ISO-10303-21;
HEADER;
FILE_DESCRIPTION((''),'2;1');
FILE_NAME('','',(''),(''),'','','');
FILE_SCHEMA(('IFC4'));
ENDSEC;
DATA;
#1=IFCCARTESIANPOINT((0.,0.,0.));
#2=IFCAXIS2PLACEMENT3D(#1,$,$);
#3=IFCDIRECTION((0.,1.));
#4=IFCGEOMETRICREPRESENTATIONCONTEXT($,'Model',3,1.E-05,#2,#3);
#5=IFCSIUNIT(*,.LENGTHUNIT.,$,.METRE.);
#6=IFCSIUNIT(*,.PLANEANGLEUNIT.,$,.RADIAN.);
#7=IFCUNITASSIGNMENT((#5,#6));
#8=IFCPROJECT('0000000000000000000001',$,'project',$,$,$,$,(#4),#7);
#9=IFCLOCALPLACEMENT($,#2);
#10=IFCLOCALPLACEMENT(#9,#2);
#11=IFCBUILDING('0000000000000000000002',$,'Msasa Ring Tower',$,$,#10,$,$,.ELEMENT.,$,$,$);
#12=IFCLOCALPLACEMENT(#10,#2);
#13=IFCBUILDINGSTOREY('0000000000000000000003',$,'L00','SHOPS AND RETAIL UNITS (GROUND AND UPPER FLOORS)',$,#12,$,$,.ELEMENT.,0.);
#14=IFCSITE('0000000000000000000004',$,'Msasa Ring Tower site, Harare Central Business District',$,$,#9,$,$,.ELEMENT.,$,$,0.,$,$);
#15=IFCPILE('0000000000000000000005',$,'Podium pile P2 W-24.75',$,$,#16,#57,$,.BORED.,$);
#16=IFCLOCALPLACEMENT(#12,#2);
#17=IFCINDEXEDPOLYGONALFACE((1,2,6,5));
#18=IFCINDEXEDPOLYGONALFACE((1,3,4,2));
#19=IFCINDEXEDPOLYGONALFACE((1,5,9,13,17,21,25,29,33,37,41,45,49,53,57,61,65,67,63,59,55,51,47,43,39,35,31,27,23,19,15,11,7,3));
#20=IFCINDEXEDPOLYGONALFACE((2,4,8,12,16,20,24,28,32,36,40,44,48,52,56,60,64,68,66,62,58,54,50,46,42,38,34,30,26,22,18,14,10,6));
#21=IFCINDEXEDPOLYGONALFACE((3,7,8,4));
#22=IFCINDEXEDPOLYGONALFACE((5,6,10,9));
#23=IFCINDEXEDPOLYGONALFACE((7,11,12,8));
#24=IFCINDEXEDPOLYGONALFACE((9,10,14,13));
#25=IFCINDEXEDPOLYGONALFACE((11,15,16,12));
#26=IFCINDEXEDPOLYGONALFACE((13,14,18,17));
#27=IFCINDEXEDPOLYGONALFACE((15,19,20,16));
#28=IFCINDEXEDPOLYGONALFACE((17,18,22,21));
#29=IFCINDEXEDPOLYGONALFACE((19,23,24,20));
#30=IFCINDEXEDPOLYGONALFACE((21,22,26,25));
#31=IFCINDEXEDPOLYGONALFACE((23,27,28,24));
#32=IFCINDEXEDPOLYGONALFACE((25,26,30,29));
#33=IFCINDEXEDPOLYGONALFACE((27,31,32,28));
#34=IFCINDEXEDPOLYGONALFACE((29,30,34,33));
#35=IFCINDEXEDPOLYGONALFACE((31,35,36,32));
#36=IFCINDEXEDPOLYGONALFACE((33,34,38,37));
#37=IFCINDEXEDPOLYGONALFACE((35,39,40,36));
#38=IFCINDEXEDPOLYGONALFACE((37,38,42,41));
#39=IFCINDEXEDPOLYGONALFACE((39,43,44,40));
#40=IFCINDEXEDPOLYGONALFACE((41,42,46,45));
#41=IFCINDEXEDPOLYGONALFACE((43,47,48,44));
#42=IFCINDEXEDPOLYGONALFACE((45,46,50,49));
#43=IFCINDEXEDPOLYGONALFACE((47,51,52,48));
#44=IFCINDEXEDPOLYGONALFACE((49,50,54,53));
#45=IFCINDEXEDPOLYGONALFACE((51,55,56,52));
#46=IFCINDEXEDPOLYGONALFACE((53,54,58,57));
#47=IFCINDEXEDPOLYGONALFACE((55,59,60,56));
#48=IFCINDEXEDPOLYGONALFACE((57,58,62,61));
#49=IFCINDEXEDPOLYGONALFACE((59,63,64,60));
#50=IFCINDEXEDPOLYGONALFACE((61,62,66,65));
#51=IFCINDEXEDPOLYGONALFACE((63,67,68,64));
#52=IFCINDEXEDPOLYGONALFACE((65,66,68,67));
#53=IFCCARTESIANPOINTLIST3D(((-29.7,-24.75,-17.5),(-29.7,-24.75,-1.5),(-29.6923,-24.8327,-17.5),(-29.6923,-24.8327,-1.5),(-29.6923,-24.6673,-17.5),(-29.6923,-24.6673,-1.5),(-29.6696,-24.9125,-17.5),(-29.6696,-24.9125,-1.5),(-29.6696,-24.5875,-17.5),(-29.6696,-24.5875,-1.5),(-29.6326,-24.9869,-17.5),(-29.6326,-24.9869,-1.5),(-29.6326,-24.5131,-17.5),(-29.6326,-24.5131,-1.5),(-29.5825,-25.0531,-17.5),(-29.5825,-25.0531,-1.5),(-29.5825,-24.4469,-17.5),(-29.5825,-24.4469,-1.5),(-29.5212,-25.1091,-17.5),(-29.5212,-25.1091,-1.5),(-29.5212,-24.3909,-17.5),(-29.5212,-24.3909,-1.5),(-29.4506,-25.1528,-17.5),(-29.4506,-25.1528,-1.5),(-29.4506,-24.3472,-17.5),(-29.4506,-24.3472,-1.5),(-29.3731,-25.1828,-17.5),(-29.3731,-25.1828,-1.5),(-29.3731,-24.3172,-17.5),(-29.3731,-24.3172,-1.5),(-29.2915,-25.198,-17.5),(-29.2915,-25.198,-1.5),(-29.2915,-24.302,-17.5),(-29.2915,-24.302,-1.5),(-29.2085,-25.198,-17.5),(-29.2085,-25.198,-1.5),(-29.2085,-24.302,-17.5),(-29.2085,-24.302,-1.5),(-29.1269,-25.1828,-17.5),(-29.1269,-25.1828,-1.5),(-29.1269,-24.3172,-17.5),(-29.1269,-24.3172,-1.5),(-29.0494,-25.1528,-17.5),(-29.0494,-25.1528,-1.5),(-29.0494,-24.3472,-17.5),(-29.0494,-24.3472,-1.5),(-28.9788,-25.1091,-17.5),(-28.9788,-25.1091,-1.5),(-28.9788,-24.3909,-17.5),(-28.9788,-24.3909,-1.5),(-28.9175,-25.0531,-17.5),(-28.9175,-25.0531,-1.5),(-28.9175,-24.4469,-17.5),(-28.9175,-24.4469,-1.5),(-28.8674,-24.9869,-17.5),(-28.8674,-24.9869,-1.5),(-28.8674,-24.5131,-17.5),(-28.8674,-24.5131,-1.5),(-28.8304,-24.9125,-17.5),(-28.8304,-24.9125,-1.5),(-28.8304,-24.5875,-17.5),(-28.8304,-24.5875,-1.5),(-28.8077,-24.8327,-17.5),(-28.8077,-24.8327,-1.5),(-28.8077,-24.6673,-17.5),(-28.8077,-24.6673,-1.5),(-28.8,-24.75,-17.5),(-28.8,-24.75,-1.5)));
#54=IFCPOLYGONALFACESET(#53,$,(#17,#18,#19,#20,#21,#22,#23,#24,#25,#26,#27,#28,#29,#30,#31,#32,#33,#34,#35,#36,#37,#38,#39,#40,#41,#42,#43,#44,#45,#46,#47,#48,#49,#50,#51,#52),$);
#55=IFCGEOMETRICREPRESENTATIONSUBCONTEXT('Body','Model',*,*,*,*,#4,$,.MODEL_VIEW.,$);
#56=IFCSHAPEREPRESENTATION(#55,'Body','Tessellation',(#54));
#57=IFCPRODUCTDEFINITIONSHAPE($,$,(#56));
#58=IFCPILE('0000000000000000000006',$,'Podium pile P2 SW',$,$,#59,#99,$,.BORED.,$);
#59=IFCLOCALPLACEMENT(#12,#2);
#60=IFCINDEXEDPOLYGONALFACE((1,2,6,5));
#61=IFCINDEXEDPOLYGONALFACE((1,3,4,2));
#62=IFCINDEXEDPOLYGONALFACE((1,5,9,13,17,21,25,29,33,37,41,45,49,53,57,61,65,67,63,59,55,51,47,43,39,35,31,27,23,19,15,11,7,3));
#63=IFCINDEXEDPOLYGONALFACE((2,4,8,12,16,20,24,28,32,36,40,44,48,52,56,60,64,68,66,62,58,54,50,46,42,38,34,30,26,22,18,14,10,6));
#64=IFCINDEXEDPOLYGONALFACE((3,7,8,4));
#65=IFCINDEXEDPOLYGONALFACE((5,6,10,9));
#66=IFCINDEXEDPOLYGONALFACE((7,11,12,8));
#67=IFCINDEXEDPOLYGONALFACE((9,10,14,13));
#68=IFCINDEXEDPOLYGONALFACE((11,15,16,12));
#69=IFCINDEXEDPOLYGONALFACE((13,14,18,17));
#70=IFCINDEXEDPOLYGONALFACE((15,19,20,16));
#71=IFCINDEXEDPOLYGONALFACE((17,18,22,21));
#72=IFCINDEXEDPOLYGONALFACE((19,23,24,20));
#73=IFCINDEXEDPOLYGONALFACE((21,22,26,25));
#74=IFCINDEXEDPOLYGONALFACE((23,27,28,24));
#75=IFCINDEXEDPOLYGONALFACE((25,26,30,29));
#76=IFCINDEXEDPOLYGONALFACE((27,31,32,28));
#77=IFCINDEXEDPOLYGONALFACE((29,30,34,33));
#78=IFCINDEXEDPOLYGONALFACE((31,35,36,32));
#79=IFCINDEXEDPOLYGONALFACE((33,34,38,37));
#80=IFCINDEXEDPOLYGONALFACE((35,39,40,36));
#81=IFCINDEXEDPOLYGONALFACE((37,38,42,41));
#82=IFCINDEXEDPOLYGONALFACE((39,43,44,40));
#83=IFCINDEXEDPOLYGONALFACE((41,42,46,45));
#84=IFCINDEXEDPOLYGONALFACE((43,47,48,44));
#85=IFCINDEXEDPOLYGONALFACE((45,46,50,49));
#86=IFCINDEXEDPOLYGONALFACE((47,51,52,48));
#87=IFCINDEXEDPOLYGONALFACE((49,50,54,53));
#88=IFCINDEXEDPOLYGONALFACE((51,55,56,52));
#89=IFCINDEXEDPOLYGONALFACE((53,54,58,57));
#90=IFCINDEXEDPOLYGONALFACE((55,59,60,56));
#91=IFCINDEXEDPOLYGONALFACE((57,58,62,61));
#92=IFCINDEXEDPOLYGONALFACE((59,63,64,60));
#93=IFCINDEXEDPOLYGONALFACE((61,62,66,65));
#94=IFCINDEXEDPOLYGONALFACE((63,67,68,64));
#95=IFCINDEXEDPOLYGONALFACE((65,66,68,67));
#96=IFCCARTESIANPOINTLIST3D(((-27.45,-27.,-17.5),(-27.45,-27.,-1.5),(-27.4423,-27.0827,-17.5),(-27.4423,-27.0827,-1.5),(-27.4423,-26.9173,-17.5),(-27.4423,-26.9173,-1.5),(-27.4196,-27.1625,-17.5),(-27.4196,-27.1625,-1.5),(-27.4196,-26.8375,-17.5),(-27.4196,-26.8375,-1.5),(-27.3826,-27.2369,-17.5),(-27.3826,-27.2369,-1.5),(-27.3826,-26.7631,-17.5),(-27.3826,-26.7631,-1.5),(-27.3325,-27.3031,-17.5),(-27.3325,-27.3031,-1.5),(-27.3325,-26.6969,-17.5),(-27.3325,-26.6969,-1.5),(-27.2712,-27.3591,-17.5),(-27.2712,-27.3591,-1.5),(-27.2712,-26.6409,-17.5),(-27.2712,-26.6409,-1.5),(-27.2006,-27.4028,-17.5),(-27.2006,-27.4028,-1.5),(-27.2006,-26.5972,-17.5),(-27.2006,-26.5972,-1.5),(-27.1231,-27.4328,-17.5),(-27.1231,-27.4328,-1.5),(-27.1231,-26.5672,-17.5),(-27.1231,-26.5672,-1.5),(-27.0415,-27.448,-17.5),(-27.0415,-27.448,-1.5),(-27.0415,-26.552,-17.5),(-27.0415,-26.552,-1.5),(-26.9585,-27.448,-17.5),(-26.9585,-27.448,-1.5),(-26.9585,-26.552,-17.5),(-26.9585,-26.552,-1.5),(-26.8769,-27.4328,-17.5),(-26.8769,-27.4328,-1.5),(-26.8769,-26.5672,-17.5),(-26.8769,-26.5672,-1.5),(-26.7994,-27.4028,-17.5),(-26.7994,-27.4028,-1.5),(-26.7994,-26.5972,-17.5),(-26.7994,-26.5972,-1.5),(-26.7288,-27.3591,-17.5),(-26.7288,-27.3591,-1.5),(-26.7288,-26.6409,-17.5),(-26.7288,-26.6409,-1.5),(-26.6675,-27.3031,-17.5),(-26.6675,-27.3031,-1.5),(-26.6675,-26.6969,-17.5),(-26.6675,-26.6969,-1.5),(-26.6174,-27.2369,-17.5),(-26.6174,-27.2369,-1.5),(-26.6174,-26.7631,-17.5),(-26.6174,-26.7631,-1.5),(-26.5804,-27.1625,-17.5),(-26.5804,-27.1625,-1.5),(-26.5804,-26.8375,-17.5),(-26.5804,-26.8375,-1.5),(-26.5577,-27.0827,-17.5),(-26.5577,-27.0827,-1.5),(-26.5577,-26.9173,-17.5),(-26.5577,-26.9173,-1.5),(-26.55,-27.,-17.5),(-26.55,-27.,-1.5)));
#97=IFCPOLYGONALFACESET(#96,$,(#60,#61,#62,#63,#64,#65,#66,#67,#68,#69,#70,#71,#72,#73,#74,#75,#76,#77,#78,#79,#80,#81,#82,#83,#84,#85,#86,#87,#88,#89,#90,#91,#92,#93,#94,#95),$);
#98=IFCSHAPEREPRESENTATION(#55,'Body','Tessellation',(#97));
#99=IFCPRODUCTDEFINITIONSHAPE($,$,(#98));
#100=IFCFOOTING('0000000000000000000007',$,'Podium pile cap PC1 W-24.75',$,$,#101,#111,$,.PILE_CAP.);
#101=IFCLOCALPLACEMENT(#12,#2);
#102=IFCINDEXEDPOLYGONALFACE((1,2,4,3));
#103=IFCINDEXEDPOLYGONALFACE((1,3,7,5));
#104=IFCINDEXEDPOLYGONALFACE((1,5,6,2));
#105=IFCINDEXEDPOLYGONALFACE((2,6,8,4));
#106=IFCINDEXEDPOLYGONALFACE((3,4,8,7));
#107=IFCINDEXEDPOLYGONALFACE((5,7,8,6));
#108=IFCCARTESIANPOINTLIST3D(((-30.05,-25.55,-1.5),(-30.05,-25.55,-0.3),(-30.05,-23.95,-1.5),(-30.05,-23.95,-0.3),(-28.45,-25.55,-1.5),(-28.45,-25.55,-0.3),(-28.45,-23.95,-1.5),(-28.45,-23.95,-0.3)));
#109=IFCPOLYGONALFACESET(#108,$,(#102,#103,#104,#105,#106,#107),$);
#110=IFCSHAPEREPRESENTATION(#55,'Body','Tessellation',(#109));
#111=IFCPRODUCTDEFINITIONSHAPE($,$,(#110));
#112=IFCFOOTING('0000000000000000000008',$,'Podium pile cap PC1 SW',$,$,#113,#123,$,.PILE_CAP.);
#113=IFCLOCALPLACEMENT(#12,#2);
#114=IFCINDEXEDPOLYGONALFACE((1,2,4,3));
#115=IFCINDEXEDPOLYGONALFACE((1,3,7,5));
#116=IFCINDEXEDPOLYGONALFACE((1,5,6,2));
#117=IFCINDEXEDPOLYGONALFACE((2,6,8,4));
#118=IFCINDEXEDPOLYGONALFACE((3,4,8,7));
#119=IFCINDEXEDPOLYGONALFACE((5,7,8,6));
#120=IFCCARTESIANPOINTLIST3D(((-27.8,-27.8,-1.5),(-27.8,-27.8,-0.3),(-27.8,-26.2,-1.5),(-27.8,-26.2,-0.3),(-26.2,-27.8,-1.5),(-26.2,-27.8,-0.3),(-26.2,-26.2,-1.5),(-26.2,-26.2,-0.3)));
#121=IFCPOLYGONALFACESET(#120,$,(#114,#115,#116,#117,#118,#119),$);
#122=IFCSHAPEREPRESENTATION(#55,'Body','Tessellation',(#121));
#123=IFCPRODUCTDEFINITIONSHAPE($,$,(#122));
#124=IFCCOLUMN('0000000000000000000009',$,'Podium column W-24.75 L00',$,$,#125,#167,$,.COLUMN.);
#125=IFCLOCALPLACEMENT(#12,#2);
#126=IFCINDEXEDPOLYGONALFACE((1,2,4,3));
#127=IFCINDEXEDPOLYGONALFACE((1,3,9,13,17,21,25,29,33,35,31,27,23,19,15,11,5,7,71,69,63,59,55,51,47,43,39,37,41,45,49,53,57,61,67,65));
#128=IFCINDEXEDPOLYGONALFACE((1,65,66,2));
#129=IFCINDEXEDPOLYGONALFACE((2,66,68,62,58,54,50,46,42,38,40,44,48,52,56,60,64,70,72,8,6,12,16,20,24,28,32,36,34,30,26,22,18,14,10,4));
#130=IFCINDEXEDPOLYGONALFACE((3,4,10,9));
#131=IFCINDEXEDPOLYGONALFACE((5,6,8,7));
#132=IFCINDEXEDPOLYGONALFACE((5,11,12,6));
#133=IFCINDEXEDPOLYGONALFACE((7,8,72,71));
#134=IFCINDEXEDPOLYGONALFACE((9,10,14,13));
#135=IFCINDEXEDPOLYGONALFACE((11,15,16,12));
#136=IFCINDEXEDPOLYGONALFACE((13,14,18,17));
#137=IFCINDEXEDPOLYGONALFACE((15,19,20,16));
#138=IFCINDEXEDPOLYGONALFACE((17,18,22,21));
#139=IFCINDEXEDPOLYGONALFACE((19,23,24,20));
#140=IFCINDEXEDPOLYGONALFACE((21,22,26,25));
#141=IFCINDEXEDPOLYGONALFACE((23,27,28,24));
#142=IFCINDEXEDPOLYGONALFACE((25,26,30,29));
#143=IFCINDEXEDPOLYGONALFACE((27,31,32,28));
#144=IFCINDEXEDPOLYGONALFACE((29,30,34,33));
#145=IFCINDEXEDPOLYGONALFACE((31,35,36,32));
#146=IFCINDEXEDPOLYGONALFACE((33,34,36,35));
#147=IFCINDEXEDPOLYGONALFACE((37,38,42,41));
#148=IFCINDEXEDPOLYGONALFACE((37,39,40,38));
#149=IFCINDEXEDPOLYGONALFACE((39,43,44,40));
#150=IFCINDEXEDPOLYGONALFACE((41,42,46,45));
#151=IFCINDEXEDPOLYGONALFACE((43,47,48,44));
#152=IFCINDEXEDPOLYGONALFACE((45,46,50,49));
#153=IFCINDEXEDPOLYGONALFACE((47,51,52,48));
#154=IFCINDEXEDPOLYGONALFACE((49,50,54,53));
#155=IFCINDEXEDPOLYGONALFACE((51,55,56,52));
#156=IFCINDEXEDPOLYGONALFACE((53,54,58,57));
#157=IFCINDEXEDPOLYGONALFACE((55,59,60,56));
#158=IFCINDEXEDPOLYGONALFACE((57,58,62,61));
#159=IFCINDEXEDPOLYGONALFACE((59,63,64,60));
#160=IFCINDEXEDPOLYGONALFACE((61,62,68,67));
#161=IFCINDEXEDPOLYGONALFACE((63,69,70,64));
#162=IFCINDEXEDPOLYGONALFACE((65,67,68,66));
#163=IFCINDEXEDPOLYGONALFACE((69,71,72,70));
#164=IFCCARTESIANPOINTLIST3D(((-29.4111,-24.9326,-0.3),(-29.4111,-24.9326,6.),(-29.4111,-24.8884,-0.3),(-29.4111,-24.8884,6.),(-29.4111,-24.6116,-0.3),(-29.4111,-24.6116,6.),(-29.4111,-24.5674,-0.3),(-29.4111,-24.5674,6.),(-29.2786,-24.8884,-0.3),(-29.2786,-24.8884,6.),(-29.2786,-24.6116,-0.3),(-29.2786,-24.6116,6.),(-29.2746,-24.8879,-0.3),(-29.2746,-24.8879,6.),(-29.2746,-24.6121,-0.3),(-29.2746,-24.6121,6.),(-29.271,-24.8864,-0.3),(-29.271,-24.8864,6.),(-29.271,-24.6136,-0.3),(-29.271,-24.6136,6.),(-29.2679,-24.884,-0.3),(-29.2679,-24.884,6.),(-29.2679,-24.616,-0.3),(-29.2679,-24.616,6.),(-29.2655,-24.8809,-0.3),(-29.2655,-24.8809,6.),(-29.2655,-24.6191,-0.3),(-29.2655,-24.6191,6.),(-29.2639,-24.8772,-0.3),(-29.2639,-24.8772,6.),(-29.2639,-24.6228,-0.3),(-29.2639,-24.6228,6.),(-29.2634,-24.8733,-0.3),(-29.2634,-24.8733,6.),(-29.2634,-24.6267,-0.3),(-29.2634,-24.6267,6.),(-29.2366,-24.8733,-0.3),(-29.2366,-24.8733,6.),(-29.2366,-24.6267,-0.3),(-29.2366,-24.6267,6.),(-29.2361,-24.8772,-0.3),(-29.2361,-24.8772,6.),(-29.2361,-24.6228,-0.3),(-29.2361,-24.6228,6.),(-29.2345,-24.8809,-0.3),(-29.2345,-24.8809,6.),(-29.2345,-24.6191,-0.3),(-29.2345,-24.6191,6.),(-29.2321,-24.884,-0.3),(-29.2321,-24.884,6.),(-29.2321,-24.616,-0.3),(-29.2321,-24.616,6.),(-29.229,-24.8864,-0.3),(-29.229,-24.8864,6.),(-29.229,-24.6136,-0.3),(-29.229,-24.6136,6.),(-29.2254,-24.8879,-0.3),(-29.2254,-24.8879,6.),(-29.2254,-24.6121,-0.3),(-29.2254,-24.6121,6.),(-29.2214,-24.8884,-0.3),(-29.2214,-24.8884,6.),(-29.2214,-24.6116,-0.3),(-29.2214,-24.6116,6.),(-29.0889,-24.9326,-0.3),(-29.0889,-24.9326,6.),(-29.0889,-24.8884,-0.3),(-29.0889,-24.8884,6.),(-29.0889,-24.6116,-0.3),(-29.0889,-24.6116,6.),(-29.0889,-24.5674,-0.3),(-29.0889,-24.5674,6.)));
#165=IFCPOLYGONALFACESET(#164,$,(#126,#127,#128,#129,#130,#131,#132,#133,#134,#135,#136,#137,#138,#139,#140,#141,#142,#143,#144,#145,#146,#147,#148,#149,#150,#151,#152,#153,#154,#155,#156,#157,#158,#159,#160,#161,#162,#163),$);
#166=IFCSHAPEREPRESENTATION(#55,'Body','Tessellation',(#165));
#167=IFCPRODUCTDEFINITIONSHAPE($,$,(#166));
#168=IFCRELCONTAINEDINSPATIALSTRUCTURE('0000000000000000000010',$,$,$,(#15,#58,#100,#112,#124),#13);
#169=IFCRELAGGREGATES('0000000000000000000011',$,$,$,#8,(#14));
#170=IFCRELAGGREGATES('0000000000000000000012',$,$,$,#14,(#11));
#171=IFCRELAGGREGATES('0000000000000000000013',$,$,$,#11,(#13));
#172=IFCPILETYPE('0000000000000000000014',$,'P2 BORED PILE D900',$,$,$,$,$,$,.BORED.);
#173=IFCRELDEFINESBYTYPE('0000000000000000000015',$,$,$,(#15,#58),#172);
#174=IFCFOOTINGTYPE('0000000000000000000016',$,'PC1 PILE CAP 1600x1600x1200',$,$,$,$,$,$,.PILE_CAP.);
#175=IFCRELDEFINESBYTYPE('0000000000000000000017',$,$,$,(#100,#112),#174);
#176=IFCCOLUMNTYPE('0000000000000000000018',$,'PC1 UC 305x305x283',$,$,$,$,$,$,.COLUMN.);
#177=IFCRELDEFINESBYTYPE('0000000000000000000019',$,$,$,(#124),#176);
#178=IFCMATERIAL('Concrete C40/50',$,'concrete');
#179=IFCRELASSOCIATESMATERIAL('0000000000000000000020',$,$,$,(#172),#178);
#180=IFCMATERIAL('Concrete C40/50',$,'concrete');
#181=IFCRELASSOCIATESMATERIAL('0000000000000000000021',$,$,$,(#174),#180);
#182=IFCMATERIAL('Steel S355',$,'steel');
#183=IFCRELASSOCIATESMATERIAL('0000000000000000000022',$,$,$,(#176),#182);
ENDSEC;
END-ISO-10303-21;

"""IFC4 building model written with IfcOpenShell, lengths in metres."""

from ifc_helpers import new_model, si_unit, direction, frame, origin, origin_2d, place, context, subcontext, project, spatial, rectangle, circle, i_section, extrude, material, material_profile, profile_set, type_object, element, save


model = new_model("IFC4")

# Units and contexts
model_context = context("Model", 3, precision=1e-05, world=origin(), true_north=direction((0.0, 1.0)))
body_context = subcontext(model_context, "Body", "Model", "MODEL_VIEW")
ifc_project = project(units=[si_unit("LENGTHUNIT", "METRE"), si_unit("PLANEANGLEUNIT", "RADIAN")], contexts=[model_context])

# Site, building, storey
site_placement = place(None, origin())
site = spatial("IfcSite", under=ifc_project, at=site_placement, Name="Msasa Ring Tower site, Harare Central Business District", CompositionType="ELEMENT", RefElevation=0.0)
building_placement = place(site_placement, origin())
building = spatial("IfcBuilding", under=site, at=building_placement, Name="Msasa Ring Tower", CompositionType="ELEMENT")
storey_placement = place(building_placement, origin())
storey = spatial("IfcBuildingStorey", under=building, at=storey_placement, Name="L00", Description="SHOPS AND RETAIL UNITS (GROUND AND UPPER FLOORS)", CompositionType="ELEMENT", Elevation=0.0)

# Piles
ifc_material_1 = material(Name="Concrete C40/50", Category="concrete")
ifc_material_profile_1 = material_profile(ifc_material_1, circle(Radius=0.45, at=origin_2d()), Name="D900")
ifc_profile_set_1 = profile_set([ifc_material_profile_1], Name="Concrete C40/50")
pile_type = type_object("IfcPileType", Name="P2 BORED PILE D900", PredefinedType="BORED", material=ifc_profile_set_1)
for number, where, z_axis, x_axis, name in (
    (1, (-29.25, -24.75, -1.5), (0.0, 0.0, -1.0), (1.0, 0.0, 0.0), "Podium pile P2 W-24.75"),
    (2, (-27.0, -27.0, -1.5), (0.0, 0.0, -1.0), (1.0, 0.0, 0.0), "Podium pile P2 SW"),
):
    element("IfcPile", number, at=place(storey_placement, frame(where, z_axis=z_axis, x_axis=x_axis)), inside=storey, type_object=pile_type, Name=name, PredefinedType="BORED", context=body_context, shape_type="SweptSolid", body=[
        extrude(circle(Radius=0.45, at=origin_2d()), origin(), (0.0, 0.0, 1.0), 16.0),
    ])

# Footings
ifc_material_2 = material(Name="Concrete C40/50", Category="concrete")
footing_type = type_object("IfcFootingType", Name="PC1 PILE CAP 1600x1600x1200", PredefinedType="PILE_CAP", material=ifc_material_2)
for number, where, z_axis, x_axis, name in (
    (3, (-29.25, -24.75, -1.5), (0.0, 0.0, 1.0), (1.0, 0.0, 0.0), "Podium pile cap PC1 W-24.75"),
    (4, (-27.0, -27.0, -1.5), (0.0, 0.0, 1.0), (1.0, 0.0, 0.0), "Podium pile cap PC1 SW"),
):
    element("IfcFooting", number, at=place(storey_placement, frame(where, z_axis=z_axis, x_axis=x_axis)), inside=storey, type_object=footing_type, Name=name, PredefinedType="PILE_CAP", context=body_context, shape_type="SweptSolid", body=[
        extrude(rectangle(XDim=1.6001, YDim=1.6001, at=origin_2d()), origin(), (0.0, 0.0, 1.0), 1.2),
    ])

# Column
ifc_material_3 = material(Name="Steel S355", Category="steel")
ifc_material_profile_2 = material_profile(ifc_material_3, i_section(OverallWidth=0.3223, OverallDepth=0.3652, WebThickness=0.0269, FlangeThickness=0.0442, FilletRadius=0.0151, at=origin_2d()), Name="UC 305x305x283")
ifc_profile_set_2 = profile_set([ifc_material_profile_2], Name="Steel S355")
column_type = type_object("IfcColumnType", Name="PC1 UC 305x305x283", PredefinedType="COLUMN", material=ifc_profile_set_2)
for number, where, z_axis, x_axis, name in (
    (5, (-29.25, -24.75, -0.3), (0.0, 0.0, 1.0), (1.0, 0.0, 0.0), "Podium column W-24.75 L00"),
):
    element("IfcColumn", number, at=place(storey_placement, frame(where, z_axis=z_axis, x_axis=x_axis)), inside=storey, type_object=column_type, Name=name, PredefinedType="COLUMN", context=body_context, shape_type="SweptSolid", body=[
        extrude(i_section(OverallWidth=0.3223, OverallDepth=0.3652, WebThickness=0.0269, FlangeThickness=0.0442, FilletRadius=0.0151, at=origin_2d()), origin(), (0.0, 0.0, 1.0), 6.3),
    ])

save(model, "model.ifc")
